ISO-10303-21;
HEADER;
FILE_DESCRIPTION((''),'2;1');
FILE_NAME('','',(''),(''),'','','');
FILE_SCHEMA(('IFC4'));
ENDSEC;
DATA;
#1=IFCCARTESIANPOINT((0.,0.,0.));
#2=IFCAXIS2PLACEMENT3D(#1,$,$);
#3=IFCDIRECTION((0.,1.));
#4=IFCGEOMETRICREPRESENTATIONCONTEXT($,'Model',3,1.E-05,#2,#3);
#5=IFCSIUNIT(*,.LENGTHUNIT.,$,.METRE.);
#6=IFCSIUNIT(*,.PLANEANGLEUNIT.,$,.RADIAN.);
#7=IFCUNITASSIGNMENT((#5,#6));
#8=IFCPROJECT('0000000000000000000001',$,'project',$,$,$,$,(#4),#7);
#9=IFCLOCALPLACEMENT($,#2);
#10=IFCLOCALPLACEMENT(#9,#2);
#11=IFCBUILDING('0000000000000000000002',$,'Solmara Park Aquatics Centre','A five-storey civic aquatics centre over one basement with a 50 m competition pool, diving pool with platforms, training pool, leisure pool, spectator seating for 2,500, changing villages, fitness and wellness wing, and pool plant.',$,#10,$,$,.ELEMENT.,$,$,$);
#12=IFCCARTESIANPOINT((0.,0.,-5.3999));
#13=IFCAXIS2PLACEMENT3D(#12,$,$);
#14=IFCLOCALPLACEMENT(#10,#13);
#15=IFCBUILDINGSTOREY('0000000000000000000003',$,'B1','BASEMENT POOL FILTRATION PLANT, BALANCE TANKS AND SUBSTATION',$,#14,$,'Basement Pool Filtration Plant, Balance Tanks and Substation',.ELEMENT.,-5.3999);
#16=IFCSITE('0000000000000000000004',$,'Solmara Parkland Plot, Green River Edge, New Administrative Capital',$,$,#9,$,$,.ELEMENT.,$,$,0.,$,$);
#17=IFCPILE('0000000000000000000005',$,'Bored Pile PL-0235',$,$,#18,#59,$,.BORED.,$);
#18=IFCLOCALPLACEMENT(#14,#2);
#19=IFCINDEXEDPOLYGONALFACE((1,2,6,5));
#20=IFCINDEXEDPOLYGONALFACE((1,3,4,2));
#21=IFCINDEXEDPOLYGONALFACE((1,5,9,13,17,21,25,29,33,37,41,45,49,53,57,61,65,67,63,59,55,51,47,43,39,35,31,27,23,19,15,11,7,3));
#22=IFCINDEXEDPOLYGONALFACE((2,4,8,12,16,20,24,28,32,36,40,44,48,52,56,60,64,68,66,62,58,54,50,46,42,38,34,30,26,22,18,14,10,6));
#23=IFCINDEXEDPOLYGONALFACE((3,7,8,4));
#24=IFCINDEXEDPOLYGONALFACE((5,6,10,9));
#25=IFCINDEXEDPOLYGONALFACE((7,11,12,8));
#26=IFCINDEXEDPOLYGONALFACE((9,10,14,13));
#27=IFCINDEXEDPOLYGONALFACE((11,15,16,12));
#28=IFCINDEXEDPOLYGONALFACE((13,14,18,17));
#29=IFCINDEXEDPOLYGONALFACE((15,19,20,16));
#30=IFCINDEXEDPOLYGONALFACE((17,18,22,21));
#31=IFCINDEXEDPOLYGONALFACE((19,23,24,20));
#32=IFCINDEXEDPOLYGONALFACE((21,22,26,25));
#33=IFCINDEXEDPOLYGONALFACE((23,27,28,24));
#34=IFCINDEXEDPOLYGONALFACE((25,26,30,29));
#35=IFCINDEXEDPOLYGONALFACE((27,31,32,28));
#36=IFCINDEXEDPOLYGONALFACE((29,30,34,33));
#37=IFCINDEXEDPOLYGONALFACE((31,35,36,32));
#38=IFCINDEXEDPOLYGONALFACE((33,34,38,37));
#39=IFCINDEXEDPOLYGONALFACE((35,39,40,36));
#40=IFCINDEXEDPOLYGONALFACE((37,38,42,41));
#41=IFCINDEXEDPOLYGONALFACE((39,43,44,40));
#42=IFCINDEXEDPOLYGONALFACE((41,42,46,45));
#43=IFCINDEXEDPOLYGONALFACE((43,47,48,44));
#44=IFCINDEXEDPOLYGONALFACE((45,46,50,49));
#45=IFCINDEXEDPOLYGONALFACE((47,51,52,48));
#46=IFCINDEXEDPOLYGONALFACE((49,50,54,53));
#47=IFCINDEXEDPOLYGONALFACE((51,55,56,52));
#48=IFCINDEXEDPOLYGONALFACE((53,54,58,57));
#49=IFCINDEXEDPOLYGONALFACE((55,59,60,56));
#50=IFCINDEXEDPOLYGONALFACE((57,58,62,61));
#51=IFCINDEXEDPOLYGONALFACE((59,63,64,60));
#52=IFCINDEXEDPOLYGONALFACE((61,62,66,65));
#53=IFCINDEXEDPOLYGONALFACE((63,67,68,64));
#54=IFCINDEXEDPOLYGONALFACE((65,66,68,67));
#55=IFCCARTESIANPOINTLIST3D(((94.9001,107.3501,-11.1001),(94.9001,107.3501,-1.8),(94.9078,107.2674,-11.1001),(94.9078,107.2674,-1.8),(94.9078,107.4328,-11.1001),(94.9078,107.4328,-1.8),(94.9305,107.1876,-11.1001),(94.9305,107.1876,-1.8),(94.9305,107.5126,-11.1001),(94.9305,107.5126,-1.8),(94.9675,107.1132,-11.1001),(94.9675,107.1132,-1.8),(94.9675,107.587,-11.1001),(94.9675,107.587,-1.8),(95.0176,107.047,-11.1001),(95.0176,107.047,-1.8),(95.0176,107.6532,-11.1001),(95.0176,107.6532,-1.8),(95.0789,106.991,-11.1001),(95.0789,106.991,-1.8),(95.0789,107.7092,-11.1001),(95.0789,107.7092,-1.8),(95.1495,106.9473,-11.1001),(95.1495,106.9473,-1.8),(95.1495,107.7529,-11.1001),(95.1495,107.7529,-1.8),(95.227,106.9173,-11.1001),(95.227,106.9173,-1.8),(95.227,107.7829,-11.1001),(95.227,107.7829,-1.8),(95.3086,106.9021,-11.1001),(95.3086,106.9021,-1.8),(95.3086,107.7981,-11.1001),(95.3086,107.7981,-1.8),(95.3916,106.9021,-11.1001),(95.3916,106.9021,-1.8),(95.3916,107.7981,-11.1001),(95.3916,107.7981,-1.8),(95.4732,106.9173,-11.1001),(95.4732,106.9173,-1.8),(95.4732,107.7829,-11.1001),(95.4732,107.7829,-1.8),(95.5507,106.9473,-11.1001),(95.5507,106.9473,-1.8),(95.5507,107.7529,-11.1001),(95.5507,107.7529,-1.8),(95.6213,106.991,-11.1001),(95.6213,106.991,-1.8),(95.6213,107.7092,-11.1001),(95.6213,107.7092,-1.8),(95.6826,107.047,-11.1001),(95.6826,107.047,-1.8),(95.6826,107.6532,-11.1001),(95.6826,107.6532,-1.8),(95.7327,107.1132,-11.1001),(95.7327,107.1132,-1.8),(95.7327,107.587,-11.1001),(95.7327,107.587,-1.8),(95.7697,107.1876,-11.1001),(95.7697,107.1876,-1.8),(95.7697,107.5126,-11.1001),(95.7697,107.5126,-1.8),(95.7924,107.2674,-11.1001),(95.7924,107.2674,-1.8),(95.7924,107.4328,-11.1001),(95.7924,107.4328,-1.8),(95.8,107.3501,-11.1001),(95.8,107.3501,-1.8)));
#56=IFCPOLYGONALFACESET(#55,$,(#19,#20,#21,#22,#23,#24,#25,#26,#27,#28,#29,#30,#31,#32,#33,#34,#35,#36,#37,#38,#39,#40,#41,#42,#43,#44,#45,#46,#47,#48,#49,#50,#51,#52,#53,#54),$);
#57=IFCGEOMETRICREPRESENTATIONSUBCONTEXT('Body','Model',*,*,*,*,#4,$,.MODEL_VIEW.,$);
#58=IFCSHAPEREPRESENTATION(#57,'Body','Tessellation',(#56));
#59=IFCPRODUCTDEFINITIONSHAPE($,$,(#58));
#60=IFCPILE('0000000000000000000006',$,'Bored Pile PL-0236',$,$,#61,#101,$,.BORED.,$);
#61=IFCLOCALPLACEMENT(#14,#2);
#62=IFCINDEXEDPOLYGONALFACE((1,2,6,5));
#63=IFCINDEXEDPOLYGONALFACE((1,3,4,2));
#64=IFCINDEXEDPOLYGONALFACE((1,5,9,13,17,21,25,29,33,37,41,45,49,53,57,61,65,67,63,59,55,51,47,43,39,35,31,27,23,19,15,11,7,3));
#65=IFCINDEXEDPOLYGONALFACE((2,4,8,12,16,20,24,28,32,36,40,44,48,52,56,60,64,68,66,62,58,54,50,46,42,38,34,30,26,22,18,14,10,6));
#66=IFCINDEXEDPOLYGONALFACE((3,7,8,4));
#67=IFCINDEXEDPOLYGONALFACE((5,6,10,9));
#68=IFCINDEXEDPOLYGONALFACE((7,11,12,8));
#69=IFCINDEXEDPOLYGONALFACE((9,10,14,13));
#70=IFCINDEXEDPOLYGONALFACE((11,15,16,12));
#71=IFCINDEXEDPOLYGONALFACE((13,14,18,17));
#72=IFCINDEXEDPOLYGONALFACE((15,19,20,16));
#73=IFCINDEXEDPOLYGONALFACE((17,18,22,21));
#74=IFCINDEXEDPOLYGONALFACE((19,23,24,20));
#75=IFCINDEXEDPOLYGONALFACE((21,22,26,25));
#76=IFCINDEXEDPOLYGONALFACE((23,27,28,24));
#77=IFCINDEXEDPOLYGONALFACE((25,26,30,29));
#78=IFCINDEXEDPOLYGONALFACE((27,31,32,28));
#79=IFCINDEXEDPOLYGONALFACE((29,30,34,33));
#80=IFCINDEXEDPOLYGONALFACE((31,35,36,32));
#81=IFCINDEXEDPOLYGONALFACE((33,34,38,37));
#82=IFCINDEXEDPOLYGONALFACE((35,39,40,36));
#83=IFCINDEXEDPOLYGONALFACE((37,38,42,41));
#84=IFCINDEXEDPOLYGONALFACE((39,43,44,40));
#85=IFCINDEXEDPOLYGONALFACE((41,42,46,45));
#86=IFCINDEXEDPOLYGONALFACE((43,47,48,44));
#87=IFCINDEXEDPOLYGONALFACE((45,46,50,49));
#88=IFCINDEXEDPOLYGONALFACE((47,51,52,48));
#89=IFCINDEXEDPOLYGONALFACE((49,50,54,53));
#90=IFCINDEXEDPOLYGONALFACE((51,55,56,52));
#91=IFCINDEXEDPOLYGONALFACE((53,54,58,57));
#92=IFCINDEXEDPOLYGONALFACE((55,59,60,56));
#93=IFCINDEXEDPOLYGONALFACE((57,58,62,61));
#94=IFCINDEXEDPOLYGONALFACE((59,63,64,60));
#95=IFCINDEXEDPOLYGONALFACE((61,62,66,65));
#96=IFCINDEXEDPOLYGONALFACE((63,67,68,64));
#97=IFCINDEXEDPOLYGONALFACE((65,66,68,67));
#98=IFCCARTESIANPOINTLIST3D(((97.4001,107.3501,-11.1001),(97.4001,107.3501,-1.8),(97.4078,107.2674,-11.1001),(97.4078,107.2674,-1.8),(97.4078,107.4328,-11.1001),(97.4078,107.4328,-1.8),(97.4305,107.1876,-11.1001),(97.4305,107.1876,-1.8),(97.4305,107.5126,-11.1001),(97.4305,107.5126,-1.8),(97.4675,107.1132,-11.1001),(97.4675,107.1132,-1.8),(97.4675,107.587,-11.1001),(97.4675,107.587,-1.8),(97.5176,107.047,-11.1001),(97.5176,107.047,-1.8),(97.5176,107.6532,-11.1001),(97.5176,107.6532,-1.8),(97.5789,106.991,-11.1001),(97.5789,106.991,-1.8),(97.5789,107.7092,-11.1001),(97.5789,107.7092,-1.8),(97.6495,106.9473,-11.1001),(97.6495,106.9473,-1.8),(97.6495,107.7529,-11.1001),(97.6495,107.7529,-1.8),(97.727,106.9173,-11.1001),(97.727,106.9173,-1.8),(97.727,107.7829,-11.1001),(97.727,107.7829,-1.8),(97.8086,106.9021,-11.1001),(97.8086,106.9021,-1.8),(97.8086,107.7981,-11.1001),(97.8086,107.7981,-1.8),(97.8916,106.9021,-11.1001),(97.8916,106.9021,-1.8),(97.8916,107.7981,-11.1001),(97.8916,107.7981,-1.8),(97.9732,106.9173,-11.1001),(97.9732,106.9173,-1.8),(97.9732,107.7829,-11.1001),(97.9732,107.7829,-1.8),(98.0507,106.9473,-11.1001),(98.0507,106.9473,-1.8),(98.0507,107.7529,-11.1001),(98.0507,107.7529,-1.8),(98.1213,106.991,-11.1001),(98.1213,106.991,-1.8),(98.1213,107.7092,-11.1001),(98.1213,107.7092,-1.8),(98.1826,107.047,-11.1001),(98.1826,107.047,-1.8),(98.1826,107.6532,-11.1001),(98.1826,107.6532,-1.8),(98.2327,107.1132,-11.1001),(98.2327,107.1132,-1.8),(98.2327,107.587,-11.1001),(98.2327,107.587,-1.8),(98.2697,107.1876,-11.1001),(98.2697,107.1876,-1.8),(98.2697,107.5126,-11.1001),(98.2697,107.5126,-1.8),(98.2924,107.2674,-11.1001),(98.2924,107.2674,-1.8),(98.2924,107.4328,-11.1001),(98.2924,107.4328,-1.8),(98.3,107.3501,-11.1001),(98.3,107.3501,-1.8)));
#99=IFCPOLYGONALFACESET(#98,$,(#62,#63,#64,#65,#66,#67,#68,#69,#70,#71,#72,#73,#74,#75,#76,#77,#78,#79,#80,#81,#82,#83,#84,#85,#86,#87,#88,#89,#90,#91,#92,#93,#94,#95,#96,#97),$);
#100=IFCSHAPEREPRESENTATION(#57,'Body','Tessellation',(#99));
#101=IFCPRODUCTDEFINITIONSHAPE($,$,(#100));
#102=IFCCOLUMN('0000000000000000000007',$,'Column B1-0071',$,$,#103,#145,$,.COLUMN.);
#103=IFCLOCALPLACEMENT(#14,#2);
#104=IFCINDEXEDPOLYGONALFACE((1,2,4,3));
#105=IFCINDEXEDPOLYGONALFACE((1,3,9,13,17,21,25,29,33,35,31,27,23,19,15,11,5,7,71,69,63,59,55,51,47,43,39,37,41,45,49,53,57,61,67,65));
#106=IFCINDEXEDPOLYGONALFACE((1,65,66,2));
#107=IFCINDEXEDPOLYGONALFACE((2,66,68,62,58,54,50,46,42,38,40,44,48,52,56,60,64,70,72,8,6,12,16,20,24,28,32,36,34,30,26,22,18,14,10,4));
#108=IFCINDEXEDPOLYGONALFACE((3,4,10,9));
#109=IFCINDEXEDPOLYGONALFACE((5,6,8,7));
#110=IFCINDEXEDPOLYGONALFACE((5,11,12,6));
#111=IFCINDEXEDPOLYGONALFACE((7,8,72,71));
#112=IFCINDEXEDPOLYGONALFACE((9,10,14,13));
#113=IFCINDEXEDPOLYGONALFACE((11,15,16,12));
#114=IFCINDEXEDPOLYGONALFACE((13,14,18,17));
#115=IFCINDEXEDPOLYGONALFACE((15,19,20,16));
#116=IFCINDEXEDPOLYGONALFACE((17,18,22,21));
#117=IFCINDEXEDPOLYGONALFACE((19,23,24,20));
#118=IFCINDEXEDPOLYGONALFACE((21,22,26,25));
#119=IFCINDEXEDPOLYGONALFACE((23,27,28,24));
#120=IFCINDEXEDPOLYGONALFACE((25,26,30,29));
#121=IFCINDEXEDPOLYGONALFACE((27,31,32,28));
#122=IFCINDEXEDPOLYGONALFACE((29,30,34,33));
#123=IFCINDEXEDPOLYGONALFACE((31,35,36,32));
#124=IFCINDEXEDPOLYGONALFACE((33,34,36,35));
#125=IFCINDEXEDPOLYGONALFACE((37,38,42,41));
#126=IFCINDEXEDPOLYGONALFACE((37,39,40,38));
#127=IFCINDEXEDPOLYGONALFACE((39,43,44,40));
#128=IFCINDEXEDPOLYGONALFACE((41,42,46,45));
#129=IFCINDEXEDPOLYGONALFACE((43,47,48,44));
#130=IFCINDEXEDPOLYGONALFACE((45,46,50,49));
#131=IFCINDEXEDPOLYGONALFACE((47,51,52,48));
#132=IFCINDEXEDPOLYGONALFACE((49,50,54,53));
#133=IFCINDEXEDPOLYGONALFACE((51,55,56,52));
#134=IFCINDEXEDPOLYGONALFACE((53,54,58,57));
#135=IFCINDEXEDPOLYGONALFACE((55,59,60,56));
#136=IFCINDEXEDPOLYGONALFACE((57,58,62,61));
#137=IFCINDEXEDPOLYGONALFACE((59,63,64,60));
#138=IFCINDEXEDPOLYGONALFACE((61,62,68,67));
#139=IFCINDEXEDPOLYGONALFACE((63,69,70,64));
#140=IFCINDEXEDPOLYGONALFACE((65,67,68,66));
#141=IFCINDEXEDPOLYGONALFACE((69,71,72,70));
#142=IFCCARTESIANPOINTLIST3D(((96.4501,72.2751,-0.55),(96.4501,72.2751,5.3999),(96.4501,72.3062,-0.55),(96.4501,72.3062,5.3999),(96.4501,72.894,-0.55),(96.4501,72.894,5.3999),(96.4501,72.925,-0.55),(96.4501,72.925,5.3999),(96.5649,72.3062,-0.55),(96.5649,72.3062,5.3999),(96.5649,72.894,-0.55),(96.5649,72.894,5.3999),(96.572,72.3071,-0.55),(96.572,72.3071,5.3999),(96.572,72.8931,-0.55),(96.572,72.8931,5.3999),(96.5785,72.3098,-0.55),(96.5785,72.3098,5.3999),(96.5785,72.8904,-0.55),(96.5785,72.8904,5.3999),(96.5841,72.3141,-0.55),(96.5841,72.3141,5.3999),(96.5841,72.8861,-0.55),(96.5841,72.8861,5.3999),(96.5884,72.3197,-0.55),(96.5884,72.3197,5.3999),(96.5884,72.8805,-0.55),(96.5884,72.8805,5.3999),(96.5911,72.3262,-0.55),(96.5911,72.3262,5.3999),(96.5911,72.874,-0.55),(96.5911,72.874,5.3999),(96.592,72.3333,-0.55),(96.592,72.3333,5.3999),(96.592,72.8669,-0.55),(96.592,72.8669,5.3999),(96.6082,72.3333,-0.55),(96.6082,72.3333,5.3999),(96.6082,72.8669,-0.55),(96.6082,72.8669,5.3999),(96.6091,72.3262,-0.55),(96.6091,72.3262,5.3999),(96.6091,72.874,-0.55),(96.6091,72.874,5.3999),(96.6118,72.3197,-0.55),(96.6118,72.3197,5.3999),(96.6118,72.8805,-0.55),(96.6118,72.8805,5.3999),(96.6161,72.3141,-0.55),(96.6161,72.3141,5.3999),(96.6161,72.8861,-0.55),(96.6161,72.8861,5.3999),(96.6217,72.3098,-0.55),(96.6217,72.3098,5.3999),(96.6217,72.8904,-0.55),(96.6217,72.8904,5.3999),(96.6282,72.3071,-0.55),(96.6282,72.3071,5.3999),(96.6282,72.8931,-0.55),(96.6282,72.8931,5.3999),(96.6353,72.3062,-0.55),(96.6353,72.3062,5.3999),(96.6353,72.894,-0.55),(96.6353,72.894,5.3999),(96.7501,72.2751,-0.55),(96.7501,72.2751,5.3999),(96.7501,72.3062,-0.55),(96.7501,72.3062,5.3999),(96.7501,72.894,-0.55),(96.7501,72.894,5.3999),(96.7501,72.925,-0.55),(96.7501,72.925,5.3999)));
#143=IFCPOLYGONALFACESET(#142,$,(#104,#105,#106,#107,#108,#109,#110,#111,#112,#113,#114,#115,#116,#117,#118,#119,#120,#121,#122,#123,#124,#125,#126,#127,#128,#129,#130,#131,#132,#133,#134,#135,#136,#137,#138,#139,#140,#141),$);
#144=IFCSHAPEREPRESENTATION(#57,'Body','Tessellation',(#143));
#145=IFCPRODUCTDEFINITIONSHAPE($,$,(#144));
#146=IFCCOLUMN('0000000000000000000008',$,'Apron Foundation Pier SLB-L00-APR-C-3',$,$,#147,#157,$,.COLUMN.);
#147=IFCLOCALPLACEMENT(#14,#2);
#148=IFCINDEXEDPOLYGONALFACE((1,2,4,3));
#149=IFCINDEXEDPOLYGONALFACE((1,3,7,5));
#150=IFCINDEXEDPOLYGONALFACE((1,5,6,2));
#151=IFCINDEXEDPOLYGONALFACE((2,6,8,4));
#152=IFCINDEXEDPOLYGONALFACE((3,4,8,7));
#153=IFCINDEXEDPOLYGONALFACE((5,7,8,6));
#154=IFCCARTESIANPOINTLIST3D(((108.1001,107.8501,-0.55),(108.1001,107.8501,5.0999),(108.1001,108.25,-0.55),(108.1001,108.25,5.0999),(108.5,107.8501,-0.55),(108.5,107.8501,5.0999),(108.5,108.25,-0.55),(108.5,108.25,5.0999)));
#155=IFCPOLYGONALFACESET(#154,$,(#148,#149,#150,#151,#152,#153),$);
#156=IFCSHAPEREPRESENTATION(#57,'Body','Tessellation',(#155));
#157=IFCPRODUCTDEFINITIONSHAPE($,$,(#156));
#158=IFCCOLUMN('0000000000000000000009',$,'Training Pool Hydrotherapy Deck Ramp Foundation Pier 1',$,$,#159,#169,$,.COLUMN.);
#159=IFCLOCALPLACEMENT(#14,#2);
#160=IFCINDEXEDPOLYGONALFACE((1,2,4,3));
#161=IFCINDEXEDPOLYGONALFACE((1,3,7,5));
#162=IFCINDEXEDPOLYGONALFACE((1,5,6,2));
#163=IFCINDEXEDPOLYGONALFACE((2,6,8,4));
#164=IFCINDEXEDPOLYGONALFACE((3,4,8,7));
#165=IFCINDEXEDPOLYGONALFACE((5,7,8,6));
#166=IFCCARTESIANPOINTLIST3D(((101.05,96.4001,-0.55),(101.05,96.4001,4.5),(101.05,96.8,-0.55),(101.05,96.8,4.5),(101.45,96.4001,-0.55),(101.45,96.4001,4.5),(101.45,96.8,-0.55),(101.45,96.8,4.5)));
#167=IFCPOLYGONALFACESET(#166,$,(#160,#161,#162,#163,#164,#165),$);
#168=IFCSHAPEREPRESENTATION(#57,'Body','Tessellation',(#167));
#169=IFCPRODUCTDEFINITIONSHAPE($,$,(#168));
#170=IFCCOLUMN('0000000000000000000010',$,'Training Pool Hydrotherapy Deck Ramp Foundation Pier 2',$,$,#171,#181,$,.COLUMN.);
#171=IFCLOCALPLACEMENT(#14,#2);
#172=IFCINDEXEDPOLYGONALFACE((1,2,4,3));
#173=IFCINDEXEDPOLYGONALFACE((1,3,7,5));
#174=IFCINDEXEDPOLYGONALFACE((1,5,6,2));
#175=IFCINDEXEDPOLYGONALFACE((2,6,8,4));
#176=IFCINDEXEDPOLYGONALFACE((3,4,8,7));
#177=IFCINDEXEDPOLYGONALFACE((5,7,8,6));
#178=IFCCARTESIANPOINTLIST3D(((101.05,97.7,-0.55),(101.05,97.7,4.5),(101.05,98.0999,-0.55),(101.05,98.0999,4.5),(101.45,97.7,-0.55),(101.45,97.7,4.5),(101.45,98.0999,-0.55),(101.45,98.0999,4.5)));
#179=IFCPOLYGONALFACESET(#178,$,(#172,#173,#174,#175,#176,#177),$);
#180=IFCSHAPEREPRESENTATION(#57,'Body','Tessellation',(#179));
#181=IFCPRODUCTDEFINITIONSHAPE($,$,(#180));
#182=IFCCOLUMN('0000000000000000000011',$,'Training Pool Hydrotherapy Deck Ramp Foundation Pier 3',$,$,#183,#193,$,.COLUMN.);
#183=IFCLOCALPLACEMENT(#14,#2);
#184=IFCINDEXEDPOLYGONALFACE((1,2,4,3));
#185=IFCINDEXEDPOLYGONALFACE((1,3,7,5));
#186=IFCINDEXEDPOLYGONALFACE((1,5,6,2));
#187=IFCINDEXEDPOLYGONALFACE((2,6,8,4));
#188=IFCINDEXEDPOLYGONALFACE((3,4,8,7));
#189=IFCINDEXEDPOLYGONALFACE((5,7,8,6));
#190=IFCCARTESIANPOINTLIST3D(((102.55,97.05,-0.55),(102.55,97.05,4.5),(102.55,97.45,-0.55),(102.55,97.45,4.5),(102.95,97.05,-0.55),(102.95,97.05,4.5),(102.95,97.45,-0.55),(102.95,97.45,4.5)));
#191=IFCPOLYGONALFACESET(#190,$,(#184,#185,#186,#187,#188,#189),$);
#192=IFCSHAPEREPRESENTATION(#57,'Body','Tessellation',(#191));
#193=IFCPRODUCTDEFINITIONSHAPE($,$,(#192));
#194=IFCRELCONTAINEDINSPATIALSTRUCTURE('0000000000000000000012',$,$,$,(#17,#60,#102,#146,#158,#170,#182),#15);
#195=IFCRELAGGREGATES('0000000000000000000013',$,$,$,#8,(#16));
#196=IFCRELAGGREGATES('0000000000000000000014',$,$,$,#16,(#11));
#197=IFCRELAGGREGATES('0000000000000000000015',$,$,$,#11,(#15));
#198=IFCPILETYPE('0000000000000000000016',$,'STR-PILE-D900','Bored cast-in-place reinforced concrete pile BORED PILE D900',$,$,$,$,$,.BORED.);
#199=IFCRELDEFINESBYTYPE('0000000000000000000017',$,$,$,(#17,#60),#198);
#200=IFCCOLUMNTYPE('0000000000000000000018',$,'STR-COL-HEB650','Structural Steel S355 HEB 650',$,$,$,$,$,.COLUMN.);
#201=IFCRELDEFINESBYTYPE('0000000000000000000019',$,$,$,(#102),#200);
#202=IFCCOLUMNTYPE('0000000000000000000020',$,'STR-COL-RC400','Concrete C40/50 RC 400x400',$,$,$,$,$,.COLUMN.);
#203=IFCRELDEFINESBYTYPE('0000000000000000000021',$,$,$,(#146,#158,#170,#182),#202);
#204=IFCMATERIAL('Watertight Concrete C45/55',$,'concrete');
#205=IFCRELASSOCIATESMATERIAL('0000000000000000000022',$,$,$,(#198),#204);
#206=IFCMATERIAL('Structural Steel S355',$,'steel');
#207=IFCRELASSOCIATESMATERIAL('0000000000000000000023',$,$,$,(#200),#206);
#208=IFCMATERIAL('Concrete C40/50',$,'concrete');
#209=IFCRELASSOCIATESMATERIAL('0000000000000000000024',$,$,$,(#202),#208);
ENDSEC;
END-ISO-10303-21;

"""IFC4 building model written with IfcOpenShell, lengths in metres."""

from ifc_helpers import new_model, si_unit, direction, frame, origin, origin_2d, place, context, subcontext, project, spatial, rectangle, circle, i_section, extrude, material, material_profile, profile_set, type_object, element, save


model = new_model("IFC4")

# Units and contexts
model_context = context("Model", 3, precision=1e-05, world=origin(), true_north=direction((0.0, 1.0)))
body_context = subcontext(model_context, "Body", "Model", "MODEL_VIEW")
ifc_project = project(units=[si_unit("LENGTHUNIT", "METRE"), si_unit("PLANEANGLEUNIT", "RADIAN")], contexts=[model_context])

# Site, building, storey
site_placement = place(None, origin())
site = spatial("IfcSite", under=ifc_project, at=site_placement, Name="Solmara Parkland Plot, Green River Edge, New Administrative Capital", CompositionType="ELEMENT", RefElevation=0.0)
building_placement = place(site_placement, origin())
building = spatial("IfcBuilding", under=site, at=building_placement, Name="Solmara Park Aquatics Centre", Description="A five-storey civic aquatics centre over one basement with a 50 m competition pool, diving pool with platforms, training pool, leisure pool, spectator seating for 2,500, changing villages, fitness and wellness wing, and pool plant.", CompositionType="ELEMENT")
storey_placement = place(building_placement, frame((0.0, 0.0, -5.3999)))
storey = spatial("IfcBuildingStorey", under=building, at=storey_placement, Name="B1", Description="BASEMENT POOL FILTRATION PLANT, BALANCE TANKS AND SUBSTATION", LongName="Basement Pool Filtration Plant, Balance Tanks and Substation", CompositionType="ELEMENT", Elevation=-5.3999)

# Shared definitions
ifc_material_1 = material(Name="Watertight Concrete C45/55", Category="concrete")

# Piles
ifc_material_profile_1 = material_profile(ifc_material_1, circle(Radius=0.45, at=origin_2d()), Name="BORED PILE D900")
ifc_profile_set_1 = profile_set([ifc_material_profile_1], Name="Watertight Concrete C45/55")
pile_type_1 = type_object("IfcPileType", Name="STR-PILE-D900", Description="Bored cast-in-place reinforced concrete pile BORED PILE D900", PredefinedType="BORED", material=ifc_profile_set_1)
for number, where, z_axis, x_axis, name in (
    (1, (95.3501, 107.3501, -1.8), (0.0, 0.0, -1.0), (1.0, 0.0, 0.0), "Bored Pile PL-0235"),
    (2, (97.8501, 107.3501, -1.8), (0.0, 0.0, -1.0), (1.0, 0.0, 0.0), "Bored Pile PL-0236"),
):
    element("IfcPile", number, at=place(storey_placement, frame(where, z_axis=z_axis, x_axis=x_axis)), inside=storey, type_object=pile_type_1, Name=name, PredefinedType="BORED", context=body_context, shape_type="SweptSolid", body=[
        extrude(circle(Radius=0.45, at=origin_2d()), origin(), (0.0, 0.0, 1.0), 9.3),
    ])

# Columns
ifc_material_2 = material(Name="Structural Steel S355", Category="steel")
ifc_material_profile_2 = material_profile(ifc_material_2, i_section(OverallWidth=0.3, OverallDepth=0.6499, WebThickness=0.0161, FlangeThickness=0.031, FilletRadius=0.0271, at=origin_2d()), Name="HEB 650")
ifc_profile_set_2 = profile_set([ifc_material_profile_2], Name="Structural Steel S355")
column_type_1 = type_object("IfcColumnType", Name="STR-COL-HEB650", Description="Structural Steel S355 HEB 650", PredefinedType="COLUMN", material=ifc_profile_set_2)
column_1_placement = place(storey_placement, frame((96.6001, 72.6001, -0.55), z_axis=(0.0, 0.0, 1.0), x_axis=(1.0, 0.0, 0.0)))
element("IfcColumn", 3, at=column_1_placement, inside=storey, type_object=column_type_1, Name="Column B1-0071", PredefinedType="COLUMN", context=body_context, shape_type="SweptSolid", body=[
    extrude(i_section(OverallWidth=0.3, OverallDepth=0.6499, WebThickness=0.0161, FlangeThickness=0.031, FilletRadius=0.0271, at=origin_2d()), origin(), (0.0, 0.0, 1.0), 5.95),
])
ifc_material_3 = material(Name="Concrete C40/50", Category="concrete")
ifc_material_profile_3 = material_profile(ifc_material_3, rectangle(XDim=0.3999, YDim=0.3999, at=origin_2d()), Name="RC 400x400")
ifc_profile_set_3 = profile_set([ifc_material_profile_3], Name="Concrete C40/50")
column_type_2 = type_object("IfcColumnType", Name="STR-COL-RC400", Description="Concrete C40/50 RC 400x400", PredefinedType="COLUMN", material=ifc_profile_set_3)
column_2_placement = place(storey_placement, frame((108.3, 108.05, -0.55), z_axis=(0.0, 0.0, 1.0), x_axis=(1.0, 0.0, 0.0)))
element("IfcColumn", 4, at=column_2_placement, inside=storey, type_object=column_type_2, Name="Apron Foundation Pier SLB-L00-APR-C-3", PredefinedType="COLUMN", context=body_context, shape_type="SweptSolid", body=[
    extrude(rectangle(XDim=0.3999, YDim=0.3999, at=origin_2d()), origin(), (0.0, 0.0, 1.0), 5.6499),
])
for number, where, z_axis, x_axis, name in (
    (5, (101.25, 96.6001, -0.55), (0.0, 0.0, 1.0), (1.0, 0.0, 0.0), "Training Pool Hydrotherapy Deck Ramp Foundation Pier 1"),
    (6, (101.25, 97.8999, -0.55), (0.0, 0.0, 1.0), (1.0, 0.0, 0.0), "Training Pool Hydrotherapy Deck Ramp Foundation Pier 2"),
    (7, (102.75, 97.25, -0.55), (0.0, 0.0, 1.0), (1.0, 0.0, 0.0), "Training Pool Hydrotherapy Deck Ramp Foundation Pier 3"),
):
    element("IfcColumn", number, at=place(storey_placement, frame(where, z_axis=z_axis, x_axis=x_axis)), inside=storey, type_object=column_type_2, Name=name, PredefinedType="COLUMN", context=body_context, shape_type="SweptSolid", body=[
        extrude(rectangle(XDim=0.3999, YDim=0.3999, at=origin_2d()), origin(), (0.0, 0.0, 1.0), 5.05),
    ])

save(model, "model.ifc")
